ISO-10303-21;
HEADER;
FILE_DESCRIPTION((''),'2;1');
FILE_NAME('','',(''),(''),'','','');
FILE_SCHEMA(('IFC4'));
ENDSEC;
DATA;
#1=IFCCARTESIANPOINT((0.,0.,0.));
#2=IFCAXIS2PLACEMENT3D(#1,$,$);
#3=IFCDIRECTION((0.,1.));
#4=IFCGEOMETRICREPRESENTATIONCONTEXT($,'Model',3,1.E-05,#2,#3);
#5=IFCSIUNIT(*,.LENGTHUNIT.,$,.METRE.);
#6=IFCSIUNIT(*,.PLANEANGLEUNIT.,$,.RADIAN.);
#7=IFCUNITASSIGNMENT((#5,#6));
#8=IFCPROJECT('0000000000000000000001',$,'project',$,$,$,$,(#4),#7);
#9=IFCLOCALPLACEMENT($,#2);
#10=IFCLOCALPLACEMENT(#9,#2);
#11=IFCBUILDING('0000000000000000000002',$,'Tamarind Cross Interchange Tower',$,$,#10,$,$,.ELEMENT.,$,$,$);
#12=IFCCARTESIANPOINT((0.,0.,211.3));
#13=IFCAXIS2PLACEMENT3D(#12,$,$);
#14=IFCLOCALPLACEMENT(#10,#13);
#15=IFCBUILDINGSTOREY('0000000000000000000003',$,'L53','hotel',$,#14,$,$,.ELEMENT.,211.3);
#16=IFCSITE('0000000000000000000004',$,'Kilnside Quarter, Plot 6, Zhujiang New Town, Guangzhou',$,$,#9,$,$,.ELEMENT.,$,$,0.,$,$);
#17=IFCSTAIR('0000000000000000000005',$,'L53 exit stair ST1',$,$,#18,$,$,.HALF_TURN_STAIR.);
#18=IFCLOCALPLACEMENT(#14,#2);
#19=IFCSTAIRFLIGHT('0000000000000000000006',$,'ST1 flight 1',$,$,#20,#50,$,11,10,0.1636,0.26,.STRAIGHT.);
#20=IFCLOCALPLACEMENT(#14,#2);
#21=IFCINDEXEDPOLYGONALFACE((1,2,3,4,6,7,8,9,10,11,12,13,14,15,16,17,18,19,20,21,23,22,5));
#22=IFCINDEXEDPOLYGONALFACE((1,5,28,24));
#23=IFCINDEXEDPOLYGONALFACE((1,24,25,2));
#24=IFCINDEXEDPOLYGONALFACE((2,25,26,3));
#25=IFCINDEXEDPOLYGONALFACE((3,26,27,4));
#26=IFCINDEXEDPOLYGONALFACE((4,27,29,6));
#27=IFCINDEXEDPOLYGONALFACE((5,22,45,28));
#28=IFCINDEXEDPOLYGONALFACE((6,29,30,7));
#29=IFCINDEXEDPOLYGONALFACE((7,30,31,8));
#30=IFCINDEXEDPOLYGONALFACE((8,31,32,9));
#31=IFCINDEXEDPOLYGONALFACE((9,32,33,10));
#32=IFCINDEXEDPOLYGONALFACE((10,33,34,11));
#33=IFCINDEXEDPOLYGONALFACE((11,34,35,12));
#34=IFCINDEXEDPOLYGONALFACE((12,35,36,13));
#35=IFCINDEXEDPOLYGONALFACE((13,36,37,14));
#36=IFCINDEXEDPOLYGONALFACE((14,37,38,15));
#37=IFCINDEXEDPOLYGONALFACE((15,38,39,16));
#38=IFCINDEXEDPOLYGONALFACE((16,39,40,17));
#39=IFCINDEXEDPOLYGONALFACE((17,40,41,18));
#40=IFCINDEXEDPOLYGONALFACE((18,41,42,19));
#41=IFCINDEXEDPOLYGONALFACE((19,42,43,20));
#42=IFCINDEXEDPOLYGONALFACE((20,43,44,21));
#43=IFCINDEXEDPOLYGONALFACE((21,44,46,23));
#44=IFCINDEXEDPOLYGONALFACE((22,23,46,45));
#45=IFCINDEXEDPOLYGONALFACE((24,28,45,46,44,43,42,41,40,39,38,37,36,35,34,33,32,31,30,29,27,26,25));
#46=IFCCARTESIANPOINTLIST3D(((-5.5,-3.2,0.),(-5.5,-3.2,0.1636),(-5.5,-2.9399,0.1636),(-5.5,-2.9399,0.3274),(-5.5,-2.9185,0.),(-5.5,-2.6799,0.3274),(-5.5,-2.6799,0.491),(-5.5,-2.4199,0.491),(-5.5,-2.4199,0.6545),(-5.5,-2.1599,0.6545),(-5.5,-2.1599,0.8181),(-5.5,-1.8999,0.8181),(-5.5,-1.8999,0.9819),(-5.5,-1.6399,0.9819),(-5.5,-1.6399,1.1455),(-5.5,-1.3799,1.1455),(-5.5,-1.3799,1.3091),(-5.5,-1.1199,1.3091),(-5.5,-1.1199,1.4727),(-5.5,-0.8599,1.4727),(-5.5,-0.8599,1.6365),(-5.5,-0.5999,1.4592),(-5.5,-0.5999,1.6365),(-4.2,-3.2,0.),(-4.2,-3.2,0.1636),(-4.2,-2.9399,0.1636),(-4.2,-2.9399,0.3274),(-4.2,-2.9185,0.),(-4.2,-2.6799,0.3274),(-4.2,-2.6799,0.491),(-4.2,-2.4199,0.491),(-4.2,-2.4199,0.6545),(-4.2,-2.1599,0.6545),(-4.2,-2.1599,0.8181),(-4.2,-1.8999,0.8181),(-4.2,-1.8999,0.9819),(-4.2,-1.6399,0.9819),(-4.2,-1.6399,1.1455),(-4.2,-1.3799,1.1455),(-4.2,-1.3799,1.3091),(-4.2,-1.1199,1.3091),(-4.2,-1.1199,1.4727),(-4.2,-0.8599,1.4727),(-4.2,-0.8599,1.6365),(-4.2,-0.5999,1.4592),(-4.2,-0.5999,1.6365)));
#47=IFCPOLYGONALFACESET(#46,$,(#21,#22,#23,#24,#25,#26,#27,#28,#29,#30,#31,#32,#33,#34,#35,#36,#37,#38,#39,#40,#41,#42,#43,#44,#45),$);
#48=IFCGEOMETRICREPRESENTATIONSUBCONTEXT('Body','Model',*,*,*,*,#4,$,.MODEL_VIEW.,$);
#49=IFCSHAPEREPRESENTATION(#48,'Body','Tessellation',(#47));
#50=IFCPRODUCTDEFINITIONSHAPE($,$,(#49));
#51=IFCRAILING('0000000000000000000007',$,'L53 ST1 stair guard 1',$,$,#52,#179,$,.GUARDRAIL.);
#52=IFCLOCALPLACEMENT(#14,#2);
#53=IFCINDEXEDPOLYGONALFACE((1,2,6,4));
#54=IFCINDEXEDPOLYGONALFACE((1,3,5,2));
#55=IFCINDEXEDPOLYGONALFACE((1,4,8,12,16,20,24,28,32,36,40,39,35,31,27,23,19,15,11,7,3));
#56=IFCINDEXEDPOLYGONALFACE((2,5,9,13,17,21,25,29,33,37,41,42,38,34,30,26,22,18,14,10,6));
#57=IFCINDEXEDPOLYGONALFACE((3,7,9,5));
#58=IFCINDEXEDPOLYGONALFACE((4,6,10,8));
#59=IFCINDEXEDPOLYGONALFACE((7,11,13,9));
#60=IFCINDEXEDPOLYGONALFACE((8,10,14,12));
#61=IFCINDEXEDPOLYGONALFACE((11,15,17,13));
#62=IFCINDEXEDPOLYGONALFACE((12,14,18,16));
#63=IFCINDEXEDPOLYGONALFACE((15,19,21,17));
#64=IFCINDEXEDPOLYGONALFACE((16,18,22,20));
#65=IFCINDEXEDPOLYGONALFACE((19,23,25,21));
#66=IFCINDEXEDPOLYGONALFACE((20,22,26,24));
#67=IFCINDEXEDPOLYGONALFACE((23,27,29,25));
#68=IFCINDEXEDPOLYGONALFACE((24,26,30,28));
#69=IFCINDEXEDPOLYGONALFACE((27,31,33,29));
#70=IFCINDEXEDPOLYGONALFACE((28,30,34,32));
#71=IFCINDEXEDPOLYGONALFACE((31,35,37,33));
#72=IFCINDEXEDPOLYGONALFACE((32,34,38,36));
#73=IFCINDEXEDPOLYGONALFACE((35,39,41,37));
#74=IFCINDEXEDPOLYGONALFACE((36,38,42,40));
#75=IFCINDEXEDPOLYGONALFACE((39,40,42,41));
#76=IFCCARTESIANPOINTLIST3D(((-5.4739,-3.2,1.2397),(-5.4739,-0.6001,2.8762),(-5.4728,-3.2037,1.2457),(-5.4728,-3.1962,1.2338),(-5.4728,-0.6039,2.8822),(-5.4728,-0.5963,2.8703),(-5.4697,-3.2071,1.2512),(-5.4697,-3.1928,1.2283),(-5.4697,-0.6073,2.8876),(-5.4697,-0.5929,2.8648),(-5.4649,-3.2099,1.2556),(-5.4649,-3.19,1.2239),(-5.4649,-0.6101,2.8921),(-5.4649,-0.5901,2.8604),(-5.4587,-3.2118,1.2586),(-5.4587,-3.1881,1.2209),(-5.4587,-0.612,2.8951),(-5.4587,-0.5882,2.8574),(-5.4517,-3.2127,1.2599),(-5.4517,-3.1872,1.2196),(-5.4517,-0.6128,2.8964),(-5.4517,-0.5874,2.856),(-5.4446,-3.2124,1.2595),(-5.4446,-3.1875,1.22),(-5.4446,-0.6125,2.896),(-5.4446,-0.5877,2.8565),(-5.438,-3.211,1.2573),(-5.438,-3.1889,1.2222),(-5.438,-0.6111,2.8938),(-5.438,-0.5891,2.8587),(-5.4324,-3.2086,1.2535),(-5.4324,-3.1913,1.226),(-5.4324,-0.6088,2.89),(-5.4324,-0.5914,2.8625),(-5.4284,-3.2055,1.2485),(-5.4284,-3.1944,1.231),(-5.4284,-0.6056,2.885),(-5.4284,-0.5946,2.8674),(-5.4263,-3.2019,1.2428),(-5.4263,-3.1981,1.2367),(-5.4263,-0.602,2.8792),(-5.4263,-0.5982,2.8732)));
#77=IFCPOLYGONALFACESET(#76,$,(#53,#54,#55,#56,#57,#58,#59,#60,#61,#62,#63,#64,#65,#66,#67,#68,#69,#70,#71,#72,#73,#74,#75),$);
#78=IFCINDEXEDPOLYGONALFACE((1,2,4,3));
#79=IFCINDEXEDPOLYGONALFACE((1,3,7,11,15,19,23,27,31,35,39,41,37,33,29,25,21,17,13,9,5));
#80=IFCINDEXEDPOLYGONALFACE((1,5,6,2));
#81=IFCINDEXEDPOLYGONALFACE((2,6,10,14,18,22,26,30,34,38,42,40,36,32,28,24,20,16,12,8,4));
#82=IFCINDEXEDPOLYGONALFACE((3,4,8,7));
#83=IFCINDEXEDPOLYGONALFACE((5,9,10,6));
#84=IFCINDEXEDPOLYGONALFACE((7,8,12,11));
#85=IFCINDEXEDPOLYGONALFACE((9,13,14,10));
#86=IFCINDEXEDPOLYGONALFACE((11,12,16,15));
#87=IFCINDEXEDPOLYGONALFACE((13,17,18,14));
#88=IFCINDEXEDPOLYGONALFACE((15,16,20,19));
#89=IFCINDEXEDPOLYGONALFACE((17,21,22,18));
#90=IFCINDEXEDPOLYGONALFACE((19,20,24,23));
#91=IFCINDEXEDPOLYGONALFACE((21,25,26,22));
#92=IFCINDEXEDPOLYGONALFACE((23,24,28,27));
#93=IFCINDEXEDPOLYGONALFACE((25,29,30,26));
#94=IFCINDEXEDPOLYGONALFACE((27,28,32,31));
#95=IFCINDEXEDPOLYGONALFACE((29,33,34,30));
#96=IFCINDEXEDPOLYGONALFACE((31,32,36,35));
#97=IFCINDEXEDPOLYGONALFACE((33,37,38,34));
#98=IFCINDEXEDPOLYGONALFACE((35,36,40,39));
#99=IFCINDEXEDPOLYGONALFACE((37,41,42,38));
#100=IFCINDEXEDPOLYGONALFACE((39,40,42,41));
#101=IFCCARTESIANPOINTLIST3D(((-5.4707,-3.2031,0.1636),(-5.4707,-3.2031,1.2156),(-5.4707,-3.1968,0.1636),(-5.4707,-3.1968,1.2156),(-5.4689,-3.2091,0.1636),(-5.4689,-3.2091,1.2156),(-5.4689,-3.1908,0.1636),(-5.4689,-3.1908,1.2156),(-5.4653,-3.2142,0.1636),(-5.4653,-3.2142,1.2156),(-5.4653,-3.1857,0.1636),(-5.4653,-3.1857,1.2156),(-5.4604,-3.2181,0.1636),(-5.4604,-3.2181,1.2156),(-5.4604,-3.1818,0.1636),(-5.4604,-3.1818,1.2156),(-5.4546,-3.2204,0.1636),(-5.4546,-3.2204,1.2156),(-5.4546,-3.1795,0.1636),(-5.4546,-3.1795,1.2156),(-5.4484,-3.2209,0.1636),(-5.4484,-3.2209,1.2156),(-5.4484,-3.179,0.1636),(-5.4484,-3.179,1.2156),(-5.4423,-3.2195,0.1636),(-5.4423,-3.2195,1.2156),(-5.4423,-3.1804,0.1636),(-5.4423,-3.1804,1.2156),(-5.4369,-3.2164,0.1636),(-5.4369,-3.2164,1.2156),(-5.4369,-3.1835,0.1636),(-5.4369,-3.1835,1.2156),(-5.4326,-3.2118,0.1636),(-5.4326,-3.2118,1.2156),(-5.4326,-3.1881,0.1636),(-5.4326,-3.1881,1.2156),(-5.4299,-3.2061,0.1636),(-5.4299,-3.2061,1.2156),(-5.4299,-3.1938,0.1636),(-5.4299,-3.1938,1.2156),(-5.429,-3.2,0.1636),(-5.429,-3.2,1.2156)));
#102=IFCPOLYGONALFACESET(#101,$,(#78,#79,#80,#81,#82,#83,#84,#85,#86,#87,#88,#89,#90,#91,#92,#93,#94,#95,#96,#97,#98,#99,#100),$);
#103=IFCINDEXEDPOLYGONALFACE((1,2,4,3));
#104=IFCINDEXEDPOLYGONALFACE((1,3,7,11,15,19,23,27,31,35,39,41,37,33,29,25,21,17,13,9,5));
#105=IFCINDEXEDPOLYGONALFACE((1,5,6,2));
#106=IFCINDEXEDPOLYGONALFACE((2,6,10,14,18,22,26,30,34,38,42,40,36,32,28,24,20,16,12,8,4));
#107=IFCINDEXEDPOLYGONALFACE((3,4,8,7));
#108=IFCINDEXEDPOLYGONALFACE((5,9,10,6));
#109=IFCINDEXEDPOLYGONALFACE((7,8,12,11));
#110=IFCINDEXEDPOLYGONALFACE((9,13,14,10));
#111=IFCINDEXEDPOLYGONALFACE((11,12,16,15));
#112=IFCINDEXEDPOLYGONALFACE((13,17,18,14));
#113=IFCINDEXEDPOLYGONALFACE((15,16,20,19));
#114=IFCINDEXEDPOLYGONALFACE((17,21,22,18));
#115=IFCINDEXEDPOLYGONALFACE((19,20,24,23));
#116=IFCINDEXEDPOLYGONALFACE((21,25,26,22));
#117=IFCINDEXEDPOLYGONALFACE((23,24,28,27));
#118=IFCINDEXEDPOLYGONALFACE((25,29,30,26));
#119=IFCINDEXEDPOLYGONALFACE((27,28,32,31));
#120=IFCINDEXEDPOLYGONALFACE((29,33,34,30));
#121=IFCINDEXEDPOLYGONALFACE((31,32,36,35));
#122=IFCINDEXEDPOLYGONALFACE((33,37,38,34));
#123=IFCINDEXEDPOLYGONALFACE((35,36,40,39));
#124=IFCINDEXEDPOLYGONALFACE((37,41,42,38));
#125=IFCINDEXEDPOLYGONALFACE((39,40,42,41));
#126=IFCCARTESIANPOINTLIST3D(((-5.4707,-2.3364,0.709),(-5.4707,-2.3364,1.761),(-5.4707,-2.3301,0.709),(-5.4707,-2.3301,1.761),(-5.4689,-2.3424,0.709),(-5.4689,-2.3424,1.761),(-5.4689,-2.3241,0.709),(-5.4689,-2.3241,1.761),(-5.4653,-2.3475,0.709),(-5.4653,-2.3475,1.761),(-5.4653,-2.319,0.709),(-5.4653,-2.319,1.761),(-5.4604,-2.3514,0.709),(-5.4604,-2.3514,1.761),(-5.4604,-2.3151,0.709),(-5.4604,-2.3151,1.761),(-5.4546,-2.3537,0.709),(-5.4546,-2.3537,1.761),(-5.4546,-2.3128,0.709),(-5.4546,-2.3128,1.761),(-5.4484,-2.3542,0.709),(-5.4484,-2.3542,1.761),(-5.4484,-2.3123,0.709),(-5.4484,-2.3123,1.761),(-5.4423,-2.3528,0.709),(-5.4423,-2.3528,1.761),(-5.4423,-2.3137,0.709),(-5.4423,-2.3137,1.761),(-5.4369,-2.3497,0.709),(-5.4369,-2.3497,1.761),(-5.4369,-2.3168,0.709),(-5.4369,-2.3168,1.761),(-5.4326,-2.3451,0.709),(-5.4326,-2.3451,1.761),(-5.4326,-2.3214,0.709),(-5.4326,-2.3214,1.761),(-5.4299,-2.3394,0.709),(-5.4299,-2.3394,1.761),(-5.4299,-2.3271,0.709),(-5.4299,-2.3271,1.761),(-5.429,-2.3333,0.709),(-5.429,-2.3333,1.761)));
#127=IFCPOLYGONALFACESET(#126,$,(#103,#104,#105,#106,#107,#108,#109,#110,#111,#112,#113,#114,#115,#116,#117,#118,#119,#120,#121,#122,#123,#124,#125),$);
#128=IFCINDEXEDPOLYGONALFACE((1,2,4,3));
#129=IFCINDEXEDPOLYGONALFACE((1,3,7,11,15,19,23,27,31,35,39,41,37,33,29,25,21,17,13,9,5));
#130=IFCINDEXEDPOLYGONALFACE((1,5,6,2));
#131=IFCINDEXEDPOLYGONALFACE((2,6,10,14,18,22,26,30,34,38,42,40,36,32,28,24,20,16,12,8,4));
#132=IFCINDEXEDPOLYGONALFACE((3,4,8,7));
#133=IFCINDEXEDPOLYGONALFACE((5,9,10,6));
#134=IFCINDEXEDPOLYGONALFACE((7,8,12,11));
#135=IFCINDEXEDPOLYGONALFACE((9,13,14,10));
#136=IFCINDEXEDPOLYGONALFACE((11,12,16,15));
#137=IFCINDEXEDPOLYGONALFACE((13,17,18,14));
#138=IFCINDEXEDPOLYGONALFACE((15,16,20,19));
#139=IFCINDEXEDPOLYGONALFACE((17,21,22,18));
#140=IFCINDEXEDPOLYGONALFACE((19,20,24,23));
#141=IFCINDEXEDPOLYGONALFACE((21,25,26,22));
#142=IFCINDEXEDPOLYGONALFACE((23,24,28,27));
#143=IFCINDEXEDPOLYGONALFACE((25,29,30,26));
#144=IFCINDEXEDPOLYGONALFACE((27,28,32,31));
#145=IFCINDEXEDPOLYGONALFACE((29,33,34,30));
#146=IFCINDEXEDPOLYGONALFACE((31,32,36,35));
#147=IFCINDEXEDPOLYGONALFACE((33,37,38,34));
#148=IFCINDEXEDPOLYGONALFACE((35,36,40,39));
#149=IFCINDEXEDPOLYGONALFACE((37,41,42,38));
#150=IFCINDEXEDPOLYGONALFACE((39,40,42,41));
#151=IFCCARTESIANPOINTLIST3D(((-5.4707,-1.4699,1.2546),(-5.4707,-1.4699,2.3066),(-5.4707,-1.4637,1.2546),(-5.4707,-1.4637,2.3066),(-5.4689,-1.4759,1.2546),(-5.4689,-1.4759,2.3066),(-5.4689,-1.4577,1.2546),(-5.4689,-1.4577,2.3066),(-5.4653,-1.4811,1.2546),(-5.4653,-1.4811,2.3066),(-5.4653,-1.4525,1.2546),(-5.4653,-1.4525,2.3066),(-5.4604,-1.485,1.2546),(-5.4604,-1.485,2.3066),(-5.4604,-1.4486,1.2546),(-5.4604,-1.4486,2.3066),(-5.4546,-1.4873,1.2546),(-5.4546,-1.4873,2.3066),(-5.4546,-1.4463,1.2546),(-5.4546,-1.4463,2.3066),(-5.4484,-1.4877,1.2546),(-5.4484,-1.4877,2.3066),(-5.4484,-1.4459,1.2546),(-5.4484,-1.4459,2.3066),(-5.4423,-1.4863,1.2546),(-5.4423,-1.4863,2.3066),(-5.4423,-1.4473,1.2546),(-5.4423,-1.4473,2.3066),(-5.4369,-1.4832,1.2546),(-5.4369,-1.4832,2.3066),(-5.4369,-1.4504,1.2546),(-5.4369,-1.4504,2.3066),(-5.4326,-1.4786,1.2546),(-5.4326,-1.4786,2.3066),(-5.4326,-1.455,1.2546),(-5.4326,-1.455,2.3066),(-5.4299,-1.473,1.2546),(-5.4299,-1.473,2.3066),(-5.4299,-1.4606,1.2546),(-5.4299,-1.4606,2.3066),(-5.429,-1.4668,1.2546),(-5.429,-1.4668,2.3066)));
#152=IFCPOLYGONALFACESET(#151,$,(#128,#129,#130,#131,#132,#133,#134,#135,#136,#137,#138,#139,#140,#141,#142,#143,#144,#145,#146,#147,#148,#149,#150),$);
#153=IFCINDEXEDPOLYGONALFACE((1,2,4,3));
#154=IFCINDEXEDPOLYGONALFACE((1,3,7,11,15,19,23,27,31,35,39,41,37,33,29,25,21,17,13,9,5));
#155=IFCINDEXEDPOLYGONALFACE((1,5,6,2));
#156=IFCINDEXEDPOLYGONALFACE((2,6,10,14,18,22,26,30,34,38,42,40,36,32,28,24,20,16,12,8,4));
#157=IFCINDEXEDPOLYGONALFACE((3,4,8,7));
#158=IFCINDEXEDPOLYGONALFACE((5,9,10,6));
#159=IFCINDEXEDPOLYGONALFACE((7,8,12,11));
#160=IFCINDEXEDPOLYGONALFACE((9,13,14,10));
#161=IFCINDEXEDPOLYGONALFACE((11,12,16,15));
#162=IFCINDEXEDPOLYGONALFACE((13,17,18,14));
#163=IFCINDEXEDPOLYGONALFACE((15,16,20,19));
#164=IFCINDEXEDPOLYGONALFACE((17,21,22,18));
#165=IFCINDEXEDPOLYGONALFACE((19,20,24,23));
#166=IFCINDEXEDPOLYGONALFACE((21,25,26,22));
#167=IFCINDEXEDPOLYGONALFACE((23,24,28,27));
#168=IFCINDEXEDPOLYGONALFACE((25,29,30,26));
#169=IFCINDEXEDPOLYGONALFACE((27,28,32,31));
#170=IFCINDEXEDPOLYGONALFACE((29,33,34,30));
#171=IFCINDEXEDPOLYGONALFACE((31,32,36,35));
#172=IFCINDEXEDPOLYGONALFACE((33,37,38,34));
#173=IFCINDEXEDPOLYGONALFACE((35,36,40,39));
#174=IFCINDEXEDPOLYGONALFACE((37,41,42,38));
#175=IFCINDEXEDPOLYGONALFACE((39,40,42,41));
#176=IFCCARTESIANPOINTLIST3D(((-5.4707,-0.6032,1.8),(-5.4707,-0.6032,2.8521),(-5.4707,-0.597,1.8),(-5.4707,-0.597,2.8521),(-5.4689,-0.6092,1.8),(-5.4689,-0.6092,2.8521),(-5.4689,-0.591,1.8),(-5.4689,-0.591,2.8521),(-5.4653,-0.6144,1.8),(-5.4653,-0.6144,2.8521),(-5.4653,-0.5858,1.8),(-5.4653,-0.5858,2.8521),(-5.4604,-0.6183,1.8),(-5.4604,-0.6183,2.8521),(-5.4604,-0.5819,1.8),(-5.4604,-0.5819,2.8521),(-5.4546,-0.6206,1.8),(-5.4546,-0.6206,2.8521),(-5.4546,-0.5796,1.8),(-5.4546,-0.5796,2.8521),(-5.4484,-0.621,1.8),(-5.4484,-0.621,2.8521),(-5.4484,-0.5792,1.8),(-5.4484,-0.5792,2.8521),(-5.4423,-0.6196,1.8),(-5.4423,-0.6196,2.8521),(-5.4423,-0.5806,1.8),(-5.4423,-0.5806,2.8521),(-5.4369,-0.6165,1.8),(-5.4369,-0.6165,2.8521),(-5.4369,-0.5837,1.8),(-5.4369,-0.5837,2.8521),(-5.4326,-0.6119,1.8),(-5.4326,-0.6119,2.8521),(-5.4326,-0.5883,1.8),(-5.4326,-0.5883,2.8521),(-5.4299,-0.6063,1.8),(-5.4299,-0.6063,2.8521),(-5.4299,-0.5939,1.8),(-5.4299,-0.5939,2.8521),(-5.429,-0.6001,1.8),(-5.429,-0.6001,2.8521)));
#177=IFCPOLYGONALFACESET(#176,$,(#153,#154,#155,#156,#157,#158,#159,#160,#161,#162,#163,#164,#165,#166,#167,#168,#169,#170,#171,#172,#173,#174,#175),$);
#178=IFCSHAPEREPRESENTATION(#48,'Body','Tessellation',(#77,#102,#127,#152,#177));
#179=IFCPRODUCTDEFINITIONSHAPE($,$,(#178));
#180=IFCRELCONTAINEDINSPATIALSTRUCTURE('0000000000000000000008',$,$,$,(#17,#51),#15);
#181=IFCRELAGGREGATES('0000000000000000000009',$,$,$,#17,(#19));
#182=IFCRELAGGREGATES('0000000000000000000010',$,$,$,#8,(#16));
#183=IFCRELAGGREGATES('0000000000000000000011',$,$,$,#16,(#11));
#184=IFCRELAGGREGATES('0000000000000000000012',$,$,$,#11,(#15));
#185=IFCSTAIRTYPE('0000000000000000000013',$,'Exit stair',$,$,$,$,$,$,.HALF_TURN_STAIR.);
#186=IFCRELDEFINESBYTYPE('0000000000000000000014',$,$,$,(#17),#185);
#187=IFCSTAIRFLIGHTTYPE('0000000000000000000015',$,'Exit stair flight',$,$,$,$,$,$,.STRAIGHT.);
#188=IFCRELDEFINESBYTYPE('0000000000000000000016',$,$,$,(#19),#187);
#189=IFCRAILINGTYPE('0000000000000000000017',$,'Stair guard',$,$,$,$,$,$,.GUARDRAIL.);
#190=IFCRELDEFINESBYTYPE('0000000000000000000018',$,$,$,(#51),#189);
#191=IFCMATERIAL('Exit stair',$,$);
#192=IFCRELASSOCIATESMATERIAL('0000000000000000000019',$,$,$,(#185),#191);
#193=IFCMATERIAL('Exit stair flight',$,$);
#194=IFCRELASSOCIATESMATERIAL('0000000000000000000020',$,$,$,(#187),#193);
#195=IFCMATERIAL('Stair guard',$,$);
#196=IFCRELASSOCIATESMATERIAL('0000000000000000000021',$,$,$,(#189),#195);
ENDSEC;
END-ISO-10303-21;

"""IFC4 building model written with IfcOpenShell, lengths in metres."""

from ifc_helpers import new_model, si_unit, direction, frame, origin, origin_2d, place, context, subcontext, project, spatial, polyline, circle, outline, extrude, material, type_object, element, aggregate, save


model = new_model("IFC4")

# Units and contexts
model_context = context("Model", 3, precision=1e-05, world=origin(), true_north=direction((0.0, 1.0)))
body_context = subcontext(model_context, "Body", "Model", "MODEL_VIEW")
ifc_project = project(units=[si_unit("LENGTHUNIT", "METRE"), si_unit("PLANEANGLEUNIT", "RADIAN")], contexts=[model_context])

# Site, building, storey
site_placement = place(None, origin())
site = spatial("IfcSite", under=ifc_project, at=site_placement, Name="Kilnside Quarter, Plot 6, Zhujiang New Town, Guangzhou", CompositionType="ELEMENT", RefElevation=0.0)
building_placement = place(site_placement, origin())
building = spatial("IfcBuilding", under=site, at=building_placement, Name="Tamarind Cross Interchange Tower", CompositionType="ELEMENT")
storey_placement = place(building_placement, frame((0.0, 0.0, 211.3)))
storey = spatial("IfcBuildingStorey", under=building, at=storey_placement, Name="L53", Description="hotel", CompositionType="ELEMENT", Elevation=211.3)

# Stair, stair flight
ifc_material_1 = material(Name="Exit stair")
stair_type = type_object("IfcStairType", Name="Exit stair", PredefinedType="HALF_TURN_STAIR", material=ifc_material_1)
stair_placement = place(storey_placement, origin())
stair = element("IfcStair", 1, at=stair_placement, inside=storey, type_object=stair_type, Name="L53 exit stair ST1", PredefinedType="HALF_TURN_STAIR")
ifc_material_2 = material(Name="Exit stair flight")
stair_flight_type = type_object("IfcStairFlightType", Name="Exit stair flight", PredefinedType="STRAIGHT", material=ifc_material_2)
stair_flight_placement = place(storey_placement, frame((-4.8501, -3.2, 0.0), z_axis=(0.0, 0.0, 1.0), x_axis=(0.0, 1.0, 0.0)))
stair_flight = element("IfcStairFlight", 2, at=stair_flight_placement, type_object=stair_flight_type, Name="ST1 flight 1", NumberOfRisers=11, NumberOfTreads=10, PredefinedType="STRAIGHT", RiserHeight=0.1636, TreadLength=0.26, context=body_context, shape_type="SweptSolid", body=[
    extrude(outline(polyline([(0.0, 0.0), (0.0, 0.1636), (0.26, 0.1636), (0.26, 0.3274), (0.52, 0.3274), (0.52, 0.491), (0.78, 0.491), (0.78, 0.6545), (1.04, 0.6545), (1.04, 0.8181), (1.3, 0.8181), (1.3, 0.9819), (1.5601, 0.9819), (1.5601, 1.1455), (1.8201, 1.1455), (1.8201, 1.3091), (2.0801, 1.3091), (2.0801, 1.4727), (2.3401, 1.4727), (2.3401, 1.6365), (2.6001, 1.6365), (2.6001, 1.8), (2.6001, 1.4592), (0.2815, 0.0), (0.0, 0.0)])), frame((0.0, 0.6499, 0.0), z_axis=(0.0, -1.0, 0.0), x_axis=(1.0, 0.0, 0.0)), (0.0, 0.0, 1.0), 1.3),
])
aggregate(stair, [stair_flight])

# Railing
ifc_material_3 = material(Name="Stair guard")
railing_type_1 = type_object("IfcRailingType", Name="Stair guard", PredefinedType="GUARDRAIL", material=ifc_material_3)
railing_1_placement = place(storey_placement, frame((-5.45, -3.2, 0.1636)))
element("IfcRailing", 3, at=railing_1_placement, inside=storey, type_object=railing_type_1, Name="L53 ST1 stair guard 1", PredefinedType="GUARDRAIL", context=body_context, shape_type="SweptSolid", body=[
    extrude(circle(Radius=0.0239, at=origin_2d()), frame((0.0, 0.0, 1.0762), z_axis=(0.0, 0.846302, 0.532704), x_axis=(-1.0, 0.0, 0.0)), (0.0, 0.0, 1.0), 3.072),
    extrude(circle(Radius=0.021, at=origin_2d()), origin(), (0.0, 0.0, 1.0), 1.052),
    extrude(circle(Radius=0.021, at=origin_2d()), frame((0.0, 0.8667, 0.5454)), (0.0, 0.0, 1.0), 1.052),
    extrude(circle(Radius=0.021, at=origin_2d()), frame((0.0, 1.7332, 1.0911)), (0.0, 0.0, 1.0), 1.052),
    extrude(circle(Radius=0.021, at=origin_2d()), frame((0.0, 2.5999, 1.6365)), (0.0, 0.0, 1.0), 1.052),
])

save(model, "model.ifc")
